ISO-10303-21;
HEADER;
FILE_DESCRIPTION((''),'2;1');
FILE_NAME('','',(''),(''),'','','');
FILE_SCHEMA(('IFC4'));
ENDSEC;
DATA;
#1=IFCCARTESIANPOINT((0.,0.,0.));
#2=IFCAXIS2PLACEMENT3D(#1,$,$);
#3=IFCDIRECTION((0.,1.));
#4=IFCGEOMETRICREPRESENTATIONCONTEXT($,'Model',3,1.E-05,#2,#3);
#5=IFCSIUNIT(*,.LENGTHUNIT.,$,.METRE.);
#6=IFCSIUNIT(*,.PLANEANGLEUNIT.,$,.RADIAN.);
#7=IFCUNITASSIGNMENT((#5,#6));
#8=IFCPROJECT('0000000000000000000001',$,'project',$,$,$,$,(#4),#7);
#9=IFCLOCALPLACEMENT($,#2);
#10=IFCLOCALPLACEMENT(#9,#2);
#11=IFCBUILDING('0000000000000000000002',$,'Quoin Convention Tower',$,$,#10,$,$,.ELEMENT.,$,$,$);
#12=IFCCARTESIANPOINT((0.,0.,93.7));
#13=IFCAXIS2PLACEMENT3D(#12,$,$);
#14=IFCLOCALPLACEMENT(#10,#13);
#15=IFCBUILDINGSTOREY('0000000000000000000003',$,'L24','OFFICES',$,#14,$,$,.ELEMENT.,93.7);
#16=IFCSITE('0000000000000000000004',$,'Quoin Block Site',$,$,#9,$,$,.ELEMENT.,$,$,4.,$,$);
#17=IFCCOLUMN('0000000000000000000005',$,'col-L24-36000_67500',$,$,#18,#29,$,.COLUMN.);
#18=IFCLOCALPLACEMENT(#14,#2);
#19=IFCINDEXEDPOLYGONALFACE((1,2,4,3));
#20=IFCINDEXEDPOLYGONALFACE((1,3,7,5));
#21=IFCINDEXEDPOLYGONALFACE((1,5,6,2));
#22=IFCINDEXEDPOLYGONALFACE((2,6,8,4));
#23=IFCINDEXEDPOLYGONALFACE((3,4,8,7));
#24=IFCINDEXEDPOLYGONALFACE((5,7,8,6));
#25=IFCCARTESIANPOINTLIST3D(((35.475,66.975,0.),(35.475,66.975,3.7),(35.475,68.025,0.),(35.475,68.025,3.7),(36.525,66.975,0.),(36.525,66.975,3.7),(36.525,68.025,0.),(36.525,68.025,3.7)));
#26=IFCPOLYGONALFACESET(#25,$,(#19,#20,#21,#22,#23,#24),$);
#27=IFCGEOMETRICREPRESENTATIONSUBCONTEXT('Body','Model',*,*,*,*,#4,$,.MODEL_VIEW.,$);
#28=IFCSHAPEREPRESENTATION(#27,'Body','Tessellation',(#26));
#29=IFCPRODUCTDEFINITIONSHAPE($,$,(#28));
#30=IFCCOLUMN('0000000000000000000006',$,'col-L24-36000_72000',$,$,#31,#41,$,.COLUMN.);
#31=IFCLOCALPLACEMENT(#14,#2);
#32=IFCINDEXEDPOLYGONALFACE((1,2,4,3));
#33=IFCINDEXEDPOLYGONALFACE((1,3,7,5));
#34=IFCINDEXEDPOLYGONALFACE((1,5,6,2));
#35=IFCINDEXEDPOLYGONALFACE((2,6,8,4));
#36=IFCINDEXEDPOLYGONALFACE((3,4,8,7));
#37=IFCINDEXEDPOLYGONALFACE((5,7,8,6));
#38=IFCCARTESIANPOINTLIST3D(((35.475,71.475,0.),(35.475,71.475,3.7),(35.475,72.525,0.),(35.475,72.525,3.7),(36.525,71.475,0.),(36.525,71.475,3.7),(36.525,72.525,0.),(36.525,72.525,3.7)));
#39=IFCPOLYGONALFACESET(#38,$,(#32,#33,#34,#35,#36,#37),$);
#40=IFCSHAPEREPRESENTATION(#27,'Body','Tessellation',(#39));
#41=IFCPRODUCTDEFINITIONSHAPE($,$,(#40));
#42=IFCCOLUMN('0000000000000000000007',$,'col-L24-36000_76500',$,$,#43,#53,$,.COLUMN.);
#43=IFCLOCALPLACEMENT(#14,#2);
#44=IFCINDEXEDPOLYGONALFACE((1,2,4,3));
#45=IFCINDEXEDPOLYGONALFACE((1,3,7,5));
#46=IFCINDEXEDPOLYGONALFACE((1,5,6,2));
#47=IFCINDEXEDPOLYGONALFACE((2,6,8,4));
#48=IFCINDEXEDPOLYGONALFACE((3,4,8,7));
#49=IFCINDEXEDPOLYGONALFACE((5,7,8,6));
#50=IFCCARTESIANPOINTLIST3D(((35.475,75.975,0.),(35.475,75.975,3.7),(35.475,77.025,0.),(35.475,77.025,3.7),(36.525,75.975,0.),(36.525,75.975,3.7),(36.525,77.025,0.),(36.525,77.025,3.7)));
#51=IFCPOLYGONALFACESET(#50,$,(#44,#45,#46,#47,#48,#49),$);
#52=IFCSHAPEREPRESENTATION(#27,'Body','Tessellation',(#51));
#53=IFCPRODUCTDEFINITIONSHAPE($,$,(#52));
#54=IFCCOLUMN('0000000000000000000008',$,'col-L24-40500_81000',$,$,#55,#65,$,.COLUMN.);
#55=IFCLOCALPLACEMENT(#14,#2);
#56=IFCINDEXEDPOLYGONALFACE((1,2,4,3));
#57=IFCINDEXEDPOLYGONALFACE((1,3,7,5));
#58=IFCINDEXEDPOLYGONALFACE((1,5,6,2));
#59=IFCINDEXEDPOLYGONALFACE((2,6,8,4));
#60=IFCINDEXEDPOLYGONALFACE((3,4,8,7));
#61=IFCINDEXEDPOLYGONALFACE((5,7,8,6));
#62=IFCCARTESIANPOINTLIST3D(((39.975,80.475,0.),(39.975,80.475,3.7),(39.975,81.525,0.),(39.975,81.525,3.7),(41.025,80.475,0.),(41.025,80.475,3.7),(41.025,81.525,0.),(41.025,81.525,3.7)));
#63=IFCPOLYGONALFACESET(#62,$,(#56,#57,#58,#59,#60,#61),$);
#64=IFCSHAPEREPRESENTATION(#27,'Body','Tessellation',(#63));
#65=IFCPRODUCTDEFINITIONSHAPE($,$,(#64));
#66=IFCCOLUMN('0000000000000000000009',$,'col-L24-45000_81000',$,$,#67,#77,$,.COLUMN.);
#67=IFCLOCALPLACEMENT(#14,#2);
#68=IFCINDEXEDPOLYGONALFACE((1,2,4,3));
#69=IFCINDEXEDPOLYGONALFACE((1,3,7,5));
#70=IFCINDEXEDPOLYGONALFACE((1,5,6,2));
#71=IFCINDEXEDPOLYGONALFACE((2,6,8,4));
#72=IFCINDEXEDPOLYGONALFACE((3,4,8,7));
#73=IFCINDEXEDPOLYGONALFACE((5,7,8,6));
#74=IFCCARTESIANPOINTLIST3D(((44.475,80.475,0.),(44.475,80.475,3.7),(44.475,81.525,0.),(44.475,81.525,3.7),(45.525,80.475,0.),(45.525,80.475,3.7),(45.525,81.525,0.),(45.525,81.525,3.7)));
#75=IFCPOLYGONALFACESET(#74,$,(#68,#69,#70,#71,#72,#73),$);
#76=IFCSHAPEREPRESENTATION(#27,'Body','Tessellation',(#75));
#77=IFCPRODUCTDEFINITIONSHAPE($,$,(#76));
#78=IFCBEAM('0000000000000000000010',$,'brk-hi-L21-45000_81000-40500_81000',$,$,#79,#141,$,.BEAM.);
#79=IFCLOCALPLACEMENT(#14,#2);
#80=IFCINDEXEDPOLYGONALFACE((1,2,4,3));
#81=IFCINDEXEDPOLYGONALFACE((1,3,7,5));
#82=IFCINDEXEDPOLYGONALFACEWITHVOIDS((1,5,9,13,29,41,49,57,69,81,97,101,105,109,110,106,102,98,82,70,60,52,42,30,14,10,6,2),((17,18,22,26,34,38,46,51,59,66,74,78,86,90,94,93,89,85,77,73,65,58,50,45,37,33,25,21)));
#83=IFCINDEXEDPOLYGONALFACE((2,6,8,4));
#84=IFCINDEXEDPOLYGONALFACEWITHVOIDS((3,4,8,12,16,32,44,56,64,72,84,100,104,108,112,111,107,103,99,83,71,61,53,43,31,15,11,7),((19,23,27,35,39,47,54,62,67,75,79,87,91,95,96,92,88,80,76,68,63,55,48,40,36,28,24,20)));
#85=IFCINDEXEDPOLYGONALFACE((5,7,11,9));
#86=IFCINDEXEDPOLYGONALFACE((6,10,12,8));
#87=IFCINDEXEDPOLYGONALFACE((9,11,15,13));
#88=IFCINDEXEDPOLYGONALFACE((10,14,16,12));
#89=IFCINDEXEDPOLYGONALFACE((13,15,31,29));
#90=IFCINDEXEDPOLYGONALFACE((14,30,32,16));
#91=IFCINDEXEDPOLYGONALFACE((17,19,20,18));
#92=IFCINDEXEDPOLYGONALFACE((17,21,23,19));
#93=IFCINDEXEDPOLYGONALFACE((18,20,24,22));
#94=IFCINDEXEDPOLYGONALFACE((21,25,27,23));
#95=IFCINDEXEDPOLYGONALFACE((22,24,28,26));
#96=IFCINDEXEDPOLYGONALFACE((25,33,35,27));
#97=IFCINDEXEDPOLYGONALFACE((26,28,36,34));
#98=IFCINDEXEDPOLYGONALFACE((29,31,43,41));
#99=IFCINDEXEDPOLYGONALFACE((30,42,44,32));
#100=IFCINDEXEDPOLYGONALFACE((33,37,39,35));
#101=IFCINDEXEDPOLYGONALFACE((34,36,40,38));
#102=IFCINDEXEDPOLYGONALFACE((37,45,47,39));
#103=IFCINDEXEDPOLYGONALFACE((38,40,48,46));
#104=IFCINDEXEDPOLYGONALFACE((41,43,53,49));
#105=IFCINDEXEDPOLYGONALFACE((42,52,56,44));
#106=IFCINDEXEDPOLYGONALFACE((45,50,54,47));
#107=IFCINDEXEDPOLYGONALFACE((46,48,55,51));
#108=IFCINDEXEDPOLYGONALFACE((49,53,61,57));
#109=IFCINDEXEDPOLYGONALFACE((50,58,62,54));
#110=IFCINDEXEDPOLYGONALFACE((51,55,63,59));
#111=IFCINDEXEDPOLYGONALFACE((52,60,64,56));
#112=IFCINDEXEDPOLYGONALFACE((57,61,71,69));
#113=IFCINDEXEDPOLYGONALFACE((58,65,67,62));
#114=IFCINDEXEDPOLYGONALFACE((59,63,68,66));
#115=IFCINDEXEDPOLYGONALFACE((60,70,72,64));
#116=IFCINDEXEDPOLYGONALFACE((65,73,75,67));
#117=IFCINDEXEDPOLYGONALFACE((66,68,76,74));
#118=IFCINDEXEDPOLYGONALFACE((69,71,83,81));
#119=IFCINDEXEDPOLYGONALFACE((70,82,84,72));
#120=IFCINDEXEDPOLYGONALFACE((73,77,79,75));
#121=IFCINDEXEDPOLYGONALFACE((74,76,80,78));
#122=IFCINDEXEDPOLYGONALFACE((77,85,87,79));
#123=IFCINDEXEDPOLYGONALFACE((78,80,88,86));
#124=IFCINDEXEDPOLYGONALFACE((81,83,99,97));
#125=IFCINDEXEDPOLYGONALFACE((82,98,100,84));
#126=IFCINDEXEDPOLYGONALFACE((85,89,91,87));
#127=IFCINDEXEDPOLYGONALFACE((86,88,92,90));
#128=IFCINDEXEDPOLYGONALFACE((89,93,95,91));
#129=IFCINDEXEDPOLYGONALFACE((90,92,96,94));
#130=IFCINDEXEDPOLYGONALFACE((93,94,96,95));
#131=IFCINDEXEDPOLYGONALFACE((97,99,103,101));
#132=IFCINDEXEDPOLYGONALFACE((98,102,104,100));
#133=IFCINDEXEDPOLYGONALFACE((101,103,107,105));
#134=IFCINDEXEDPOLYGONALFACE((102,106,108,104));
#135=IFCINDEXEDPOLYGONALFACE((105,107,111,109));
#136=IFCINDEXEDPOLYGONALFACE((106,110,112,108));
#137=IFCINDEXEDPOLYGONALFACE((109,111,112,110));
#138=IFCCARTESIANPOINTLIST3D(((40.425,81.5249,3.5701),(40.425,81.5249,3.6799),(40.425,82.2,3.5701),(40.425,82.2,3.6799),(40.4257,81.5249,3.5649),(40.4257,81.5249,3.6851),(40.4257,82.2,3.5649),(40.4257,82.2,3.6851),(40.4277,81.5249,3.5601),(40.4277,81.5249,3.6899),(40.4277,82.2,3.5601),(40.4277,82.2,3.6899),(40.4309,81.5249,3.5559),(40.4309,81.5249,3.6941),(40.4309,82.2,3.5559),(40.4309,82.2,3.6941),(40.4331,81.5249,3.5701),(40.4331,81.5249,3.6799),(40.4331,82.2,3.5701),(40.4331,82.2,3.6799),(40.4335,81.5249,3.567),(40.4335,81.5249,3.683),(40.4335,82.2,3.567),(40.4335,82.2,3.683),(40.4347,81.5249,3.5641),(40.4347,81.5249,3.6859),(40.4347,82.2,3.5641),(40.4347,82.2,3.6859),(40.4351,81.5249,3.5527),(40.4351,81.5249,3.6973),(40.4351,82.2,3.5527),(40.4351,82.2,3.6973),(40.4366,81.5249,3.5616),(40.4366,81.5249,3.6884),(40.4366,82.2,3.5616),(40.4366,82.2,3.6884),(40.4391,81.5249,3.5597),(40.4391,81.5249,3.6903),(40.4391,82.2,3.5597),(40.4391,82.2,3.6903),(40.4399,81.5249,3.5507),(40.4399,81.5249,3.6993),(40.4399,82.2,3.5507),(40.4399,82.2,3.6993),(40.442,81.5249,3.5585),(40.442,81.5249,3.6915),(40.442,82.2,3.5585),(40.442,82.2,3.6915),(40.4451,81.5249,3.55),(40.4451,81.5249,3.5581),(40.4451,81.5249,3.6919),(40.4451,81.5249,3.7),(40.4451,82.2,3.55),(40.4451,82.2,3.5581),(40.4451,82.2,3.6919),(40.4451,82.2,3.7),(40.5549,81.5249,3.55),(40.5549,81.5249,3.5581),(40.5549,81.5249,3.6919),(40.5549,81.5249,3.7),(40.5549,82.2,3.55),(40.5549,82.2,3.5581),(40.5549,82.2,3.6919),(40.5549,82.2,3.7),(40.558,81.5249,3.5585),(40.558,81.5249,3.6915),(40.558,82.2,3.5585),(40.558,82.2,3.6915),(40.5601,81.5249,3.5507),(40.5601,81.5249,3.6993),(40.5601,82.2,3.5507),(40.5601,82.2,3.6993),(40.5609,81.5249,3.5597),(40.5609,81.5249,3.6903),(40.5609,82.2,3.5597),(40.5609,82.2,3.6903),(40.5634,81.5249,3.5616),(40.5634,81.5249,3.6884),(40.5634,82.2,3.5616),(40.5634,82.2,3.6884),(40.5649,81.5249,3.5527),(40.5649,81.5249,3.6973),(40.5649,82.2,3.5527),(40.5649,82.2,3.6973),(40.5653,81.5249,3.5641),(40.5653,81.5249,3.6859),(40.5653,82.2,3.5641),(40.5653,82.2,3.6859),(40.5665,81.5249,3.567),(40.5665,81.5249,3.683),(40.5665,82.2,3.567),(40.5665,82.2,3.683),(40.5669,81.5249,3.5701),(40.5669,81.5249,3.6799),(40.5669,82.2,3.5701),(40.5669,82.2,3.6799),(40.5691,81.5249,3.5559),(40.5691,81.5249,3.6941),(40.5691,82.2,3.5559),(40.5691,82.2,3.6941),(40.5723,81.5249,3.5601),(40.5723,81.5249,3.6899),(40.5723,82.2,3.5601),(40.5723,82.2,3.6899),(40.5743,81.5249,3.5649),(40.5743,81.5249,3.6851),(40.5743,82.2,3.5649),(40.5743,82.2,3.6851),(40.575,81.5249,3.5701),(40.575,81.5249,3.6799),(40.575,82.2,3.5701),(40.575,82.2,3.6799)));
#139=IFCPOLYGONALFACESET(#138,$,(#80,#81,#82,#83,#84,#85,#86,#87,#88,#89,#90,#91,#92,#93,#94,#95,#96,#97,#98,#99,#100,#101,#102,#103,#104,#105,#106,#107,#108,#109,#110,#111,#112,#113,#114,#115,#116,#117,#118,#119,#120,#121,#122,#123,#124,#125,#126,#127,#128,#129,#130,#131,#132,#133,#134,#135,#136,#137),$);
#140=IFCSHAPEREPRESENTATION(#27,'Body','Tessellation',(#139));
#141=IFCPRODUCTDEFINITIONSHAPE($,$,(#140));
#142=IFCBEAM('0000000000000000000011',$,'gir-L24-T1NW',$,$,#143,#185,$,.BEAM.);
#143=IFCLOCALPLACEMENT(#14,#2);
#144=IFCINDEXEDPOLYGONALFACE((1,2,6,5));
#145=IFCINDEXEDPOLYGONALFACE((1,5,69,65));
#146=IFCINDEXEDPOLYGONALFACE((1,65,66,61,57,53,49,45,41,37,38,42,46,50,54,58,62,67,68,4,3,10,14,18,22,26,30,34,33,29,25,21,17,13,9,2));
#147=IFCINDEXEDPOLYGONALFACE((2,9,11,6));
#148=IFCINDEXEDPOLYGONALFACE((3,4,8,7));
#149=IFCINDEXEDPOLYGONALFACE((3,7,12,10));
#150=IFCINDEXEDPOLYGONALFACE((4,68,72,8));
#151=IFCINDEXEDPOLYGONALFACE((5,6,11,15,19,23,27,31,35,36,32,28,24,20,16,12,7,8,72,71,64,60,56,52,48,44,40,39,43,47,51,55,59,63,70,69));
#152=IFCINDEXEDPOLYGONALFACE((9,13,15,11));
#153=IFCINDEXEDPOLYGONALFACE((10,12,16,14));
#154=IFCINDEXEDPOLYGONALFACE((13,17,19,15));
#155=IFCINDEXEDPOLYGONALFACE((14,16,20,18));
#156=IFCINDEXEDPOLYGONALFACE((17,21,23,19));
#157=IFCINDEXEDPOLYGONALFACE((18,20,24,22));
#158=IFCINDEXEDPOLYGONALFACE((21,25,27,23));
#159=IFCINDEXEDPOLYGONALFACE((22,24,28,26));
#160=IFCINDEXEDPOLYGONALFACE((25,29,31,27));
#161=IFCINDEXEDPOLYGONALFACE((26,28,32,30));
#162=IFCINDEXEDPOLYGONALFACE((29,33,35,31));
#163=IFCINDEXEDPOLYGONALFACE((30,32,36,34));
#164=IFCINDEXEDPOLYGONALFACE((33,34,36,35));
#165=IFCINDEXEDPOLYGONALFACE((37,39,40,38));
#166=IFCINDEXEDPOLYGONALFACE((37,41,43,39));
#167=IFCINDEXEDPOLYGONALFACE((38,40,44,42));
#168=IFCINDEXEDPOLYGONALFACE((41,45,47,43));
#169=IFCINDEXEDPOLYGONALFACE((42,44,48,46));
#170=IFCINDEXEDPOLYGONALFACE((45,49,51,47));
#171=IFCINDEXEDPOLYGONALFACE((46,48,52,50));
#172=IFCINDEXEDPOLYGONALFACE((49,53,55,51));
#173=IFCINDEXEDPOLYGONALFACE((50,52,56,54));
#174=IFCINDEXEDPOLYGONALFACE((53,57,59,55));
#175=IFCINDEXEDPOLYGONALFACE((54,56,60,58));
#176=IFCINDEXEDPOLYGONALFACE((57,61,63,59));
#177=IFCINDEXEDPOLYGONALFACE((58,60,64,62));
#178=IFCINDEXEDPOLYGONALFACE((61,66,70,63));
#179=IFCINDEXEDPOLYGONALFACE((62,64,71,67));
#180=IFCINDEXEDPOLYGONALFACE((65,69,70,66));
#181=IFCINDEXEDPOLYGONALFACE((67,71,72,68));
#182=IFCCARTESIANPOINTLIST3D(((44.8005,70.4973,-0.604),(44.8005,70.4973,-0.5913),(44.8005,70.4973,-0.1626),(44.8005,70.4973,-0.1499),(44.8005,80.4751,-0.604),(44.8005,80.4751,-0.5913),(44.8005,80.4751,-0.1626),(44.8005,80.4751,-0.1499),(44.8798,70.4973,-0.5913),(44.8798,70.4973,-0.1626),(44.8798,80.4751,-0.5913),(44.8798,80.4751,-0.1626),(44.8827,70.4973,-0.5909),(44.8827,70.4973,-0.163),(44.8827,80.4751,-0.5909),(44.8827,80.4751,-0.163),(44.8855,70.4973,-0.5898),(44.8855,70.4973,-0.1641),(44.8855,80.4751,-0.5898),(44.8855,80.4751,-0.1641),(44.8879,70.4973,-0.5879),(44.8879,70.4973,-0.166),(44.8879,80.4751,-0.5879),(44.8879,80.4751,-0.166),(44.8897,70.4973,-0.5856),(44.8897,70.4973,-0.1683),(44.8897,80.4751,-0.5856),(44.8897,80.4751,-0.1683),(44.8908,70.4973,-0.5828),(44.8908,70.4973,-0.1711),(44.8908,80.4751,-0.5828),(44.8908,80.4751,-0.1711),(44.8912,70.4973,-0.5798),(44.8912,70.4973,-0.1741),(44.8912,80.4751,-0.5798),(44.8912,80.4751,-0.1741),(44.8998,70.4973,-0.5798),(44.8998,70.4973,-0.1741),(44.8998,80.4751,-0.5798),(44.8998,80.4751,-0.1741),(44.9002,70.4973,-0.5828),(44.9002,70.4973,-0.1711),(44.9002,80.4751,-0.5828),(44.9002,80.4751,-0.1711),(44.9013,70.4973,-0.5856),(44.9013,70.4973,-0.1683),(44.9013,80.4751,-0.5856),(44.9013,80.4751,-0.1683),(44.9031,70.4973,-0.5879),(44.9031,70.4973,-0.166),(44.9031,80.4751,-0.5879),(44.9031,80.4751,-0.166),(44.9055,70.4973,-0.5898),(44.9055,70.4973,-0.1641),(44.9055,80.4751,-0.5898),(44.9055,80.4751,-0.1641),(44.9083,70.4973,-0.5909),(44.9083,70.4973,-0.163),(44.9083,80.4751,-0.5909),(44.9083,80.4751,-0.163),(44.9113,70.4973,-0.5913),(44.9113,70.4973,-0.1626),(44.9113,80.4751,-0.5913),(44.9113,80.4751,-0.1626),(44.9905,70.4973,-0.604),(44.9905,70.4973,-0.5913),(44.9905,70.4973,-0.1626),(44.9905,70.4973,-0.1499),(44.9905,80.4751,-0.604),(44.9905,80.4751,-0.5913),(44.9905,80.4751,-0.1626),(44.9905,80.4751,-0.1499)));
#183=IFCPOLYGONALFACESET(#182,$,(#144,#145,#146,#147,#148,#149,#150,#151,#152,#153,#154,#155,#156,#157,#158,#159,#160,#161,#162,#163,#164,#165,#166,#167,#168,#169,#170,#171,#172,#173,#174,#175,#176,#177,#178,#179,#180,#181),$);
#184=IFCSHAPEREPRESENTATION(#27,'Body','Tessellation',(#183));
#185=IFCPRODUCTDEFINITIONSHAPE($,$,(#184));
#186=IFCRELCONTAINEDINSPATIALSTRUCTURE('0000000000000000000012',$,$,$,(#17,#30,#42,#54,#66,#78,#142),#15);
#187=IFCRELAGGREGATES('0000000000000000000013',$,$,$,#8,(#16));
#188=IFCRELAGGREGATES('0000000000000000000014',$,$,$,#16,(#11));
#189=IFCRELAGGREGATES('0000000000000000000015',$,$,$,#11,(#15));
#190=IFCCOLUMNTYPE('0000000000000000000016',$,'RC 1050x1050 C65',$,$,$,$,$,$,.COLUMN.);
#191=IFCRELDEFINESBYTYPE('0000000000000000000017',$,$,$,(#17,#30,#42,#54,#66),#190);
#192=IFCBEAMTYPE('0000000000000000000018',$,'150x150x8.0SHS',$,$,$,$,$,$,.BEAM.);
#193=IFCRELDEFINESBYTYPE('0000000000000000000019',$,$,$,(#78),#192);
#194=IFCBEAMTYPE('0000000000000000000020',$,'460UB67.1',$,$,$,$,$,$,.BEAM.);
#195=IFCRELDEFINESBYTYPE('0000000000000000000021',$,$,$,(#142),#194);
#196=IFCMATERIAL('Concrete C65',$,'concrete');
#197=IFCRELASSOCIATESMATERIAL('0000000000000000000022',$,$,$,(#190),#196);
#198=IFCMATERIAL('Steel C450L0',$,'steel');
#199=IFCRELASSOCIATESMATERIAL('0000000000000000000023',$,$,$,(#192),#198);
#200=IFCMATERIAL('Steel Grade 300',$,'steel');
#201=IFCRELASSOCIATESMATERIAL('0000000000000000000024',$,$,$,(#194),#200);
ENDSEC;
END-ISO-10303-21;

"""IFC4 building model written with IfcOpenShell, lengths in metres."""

from ifc_helpers import new_model, si_unit, direction, frame, origin, origin_2d, place, context, subcontext, project, spatial, rectangle, hollow_rectangle, i_section, extrude, material, material_profile, profile_set, type_object, element, save


model = new_model("IFC4")

# Units and contexts
model_context = context("Model", 3, precision=1e-05, world=origin(), true_north=direction((0.0, 1.0)))
body_context = subcontext(model_context, "Body", "Model", "MODEL_VIEW")
ifc_project = project(units=[si_unit("LENGTHUNIT", "METRE"), si_unit("PLANEANGLEUNIT", "RADIAN")], contexts=[model_context])

# Site, building, storey
site_placement = place(None, origin())
site = spatial("IfcSite", under=ifc_project, at=site_placement, Name="Quoin Block Site", CompositionType="ELEMENT", RefElevation=4.0)
building_placement = place(site_placement, origin())
building = spatial("IfcBuilding", under=site, at=building_placement, Name="Quoin Convention Tower", CompositionType="ELEMENT")
storey_placement = place(building_placement, frame((0.0, 0.0, 93.7)))
storey = spatial("IfcBuildingStorey", under=building, at=storey_placement, Name="L24", Description="OFFICES", CompositionType="ELEMENT", Elevation=93.7)

# Columns
ifc_material_1 = material(Name="Concrete C65", Category="concrete")
ifc_material_profile_1 = material_profile(ifc_material_1, rectangle(XDim=1.05, YDim=1.05, at=origin_2d()), Name="RC 1050x1050")
ifc_profile_set_1 = profile_set([ifc_material_profile_1], Name="Concrete C65")
column_type = type_object("IfcColumnType", Name="RC 1050x1050 C65", PredefinedType="COLUMN", material=ifc_profile_set_1)
for number, where, z_axis, x_axis, name in (
    (1, (36.0, 67.5, 0.0), (0.0, 0.0, 1.0), (1.0, 0.0, 0.0), "col-L24-36000_67500"),
    (2, (36.0, 72.0, 0.0), (0.0, 0.0, 1.0), (1.0, 0.0, 0.0), "col-L24-36000_72000"),
    (3, (36.0, 76.5, 0.0), (0.0, 0.0, 1.0), (1.0, 0.0, 0.0), "col-L24-36000_76500"),
    (4, (40.5, 81.0, 0.0), (0.0, 0.0, 1.0), (1.0, 0.0, 0.0), "col-L24-40500_81000"),
    (5, (45.0, 81.0, 0.0), (0.0, 0.0, 1.0), (1.0, 0.0, 0.0), "col-L24-45000_81000"),
):
    element("IfcColumn", number, at=place(storey_placement, frame(where, z_axis=z_axis, x_axis=x_axis)), inside=storey, type_object=column_type, Name=name, PredefinedType="COLUMN", context=body_context, shape_type="SweptSolid", body=[
        extrude(rectangle(XDim=1.05, YDim=1.05, at=origin_2d()), origin(), (0.0, 0.0, 1.0), 3.7),
    ])

# Beams
ifc_material_2 = material(Name="Steel C450L0", Category="steel")
ifc_material_profile_2 = material_profile(ifc_material_2, hollow_rectangle(XDim=0.1499, YDim=0.1499, WallThickness=0.0081, InnerFilletRadius=0.012, OuterFilletRadius=0.02, at=origin_2d()), Name="150x150x8.0SHS")
ifc_profile_set_2 = profile_set([ifc_material_profile_2], Name="Steel C450L0")
beam_type_1 = type_object("IfcBeamType", Name="150x150x8.0SHS", PredefinedType="BEAM", material=ifc_profile_set_2)
beam_1_placement = place(storey_placement, frame((40.5, 81.5249, 3.625), z_axis=(0.0, 1.0, 0.0), x_axis=(-1.0, 0.0, 0.0)))
element("IfcBeam", 6, at=beam_1_placement, inside=storey, type_object=beam_type_1, Name="brk-hi-L21-45000_81000-40500_81000", PredefinedType="BEAM", context=body_context, shape_type="SweptSolid", body=[
    extrude(hollow_rectangle(XDim=0.1499, YDim=0.1499, WallThickness=0.0081, InnerFilletRadius=0.012, OuterFilletRadius=0.02, at=origin_2d()), origin(), (0.0, 0.0, 1.0), 0.675),
])
ifc_material_3 = material(Name="Steel Grade 300", Category="steel")
ifc_material_profile_3 = material_profile(ifc_material_3, i_section(OverallWidth=0.1899, OverallDepth=0.4541, WebThickness=0.0085, FlangeThickness=0.0127, FilletRadius=0.0115, at=origin_2d()), Name="460UB67.1")
ifc_profile_set_3 = profile_set([ifc_material_profile_3], Name="Steel Grade 300")
beam_type_2 = type_object("IfcBeamType", Name="460UB67.1", PredefinedType="BEAM", material=ifc_profile_set_3)
beam_2_placement = place(storey_placement, frame((44.8955, 80.4751, -0.377), z_axis=(0.0, -1.0, 0.0), x_axis=(1.0, 0.0, 0.0)))
element("IfcBeam", 7, at=beam_2_placement, inside=storey, type_object=beam_type_2, Name="gir-L24-T1NW", PredefinedType="BEAM", context=body_context, shape_type="SweptSolid", body=[
    extrude(i_section(OverallWidth=0.1899, OverallDepth=0.4541, WebThickness=0.0085, FlangeThickness=0.0127, FilletRadius=0.0115, at=origin_2d()), origin(), (0.0, 0.0, 1.0), 9.9778),
])

save(model, "model.ifc")
